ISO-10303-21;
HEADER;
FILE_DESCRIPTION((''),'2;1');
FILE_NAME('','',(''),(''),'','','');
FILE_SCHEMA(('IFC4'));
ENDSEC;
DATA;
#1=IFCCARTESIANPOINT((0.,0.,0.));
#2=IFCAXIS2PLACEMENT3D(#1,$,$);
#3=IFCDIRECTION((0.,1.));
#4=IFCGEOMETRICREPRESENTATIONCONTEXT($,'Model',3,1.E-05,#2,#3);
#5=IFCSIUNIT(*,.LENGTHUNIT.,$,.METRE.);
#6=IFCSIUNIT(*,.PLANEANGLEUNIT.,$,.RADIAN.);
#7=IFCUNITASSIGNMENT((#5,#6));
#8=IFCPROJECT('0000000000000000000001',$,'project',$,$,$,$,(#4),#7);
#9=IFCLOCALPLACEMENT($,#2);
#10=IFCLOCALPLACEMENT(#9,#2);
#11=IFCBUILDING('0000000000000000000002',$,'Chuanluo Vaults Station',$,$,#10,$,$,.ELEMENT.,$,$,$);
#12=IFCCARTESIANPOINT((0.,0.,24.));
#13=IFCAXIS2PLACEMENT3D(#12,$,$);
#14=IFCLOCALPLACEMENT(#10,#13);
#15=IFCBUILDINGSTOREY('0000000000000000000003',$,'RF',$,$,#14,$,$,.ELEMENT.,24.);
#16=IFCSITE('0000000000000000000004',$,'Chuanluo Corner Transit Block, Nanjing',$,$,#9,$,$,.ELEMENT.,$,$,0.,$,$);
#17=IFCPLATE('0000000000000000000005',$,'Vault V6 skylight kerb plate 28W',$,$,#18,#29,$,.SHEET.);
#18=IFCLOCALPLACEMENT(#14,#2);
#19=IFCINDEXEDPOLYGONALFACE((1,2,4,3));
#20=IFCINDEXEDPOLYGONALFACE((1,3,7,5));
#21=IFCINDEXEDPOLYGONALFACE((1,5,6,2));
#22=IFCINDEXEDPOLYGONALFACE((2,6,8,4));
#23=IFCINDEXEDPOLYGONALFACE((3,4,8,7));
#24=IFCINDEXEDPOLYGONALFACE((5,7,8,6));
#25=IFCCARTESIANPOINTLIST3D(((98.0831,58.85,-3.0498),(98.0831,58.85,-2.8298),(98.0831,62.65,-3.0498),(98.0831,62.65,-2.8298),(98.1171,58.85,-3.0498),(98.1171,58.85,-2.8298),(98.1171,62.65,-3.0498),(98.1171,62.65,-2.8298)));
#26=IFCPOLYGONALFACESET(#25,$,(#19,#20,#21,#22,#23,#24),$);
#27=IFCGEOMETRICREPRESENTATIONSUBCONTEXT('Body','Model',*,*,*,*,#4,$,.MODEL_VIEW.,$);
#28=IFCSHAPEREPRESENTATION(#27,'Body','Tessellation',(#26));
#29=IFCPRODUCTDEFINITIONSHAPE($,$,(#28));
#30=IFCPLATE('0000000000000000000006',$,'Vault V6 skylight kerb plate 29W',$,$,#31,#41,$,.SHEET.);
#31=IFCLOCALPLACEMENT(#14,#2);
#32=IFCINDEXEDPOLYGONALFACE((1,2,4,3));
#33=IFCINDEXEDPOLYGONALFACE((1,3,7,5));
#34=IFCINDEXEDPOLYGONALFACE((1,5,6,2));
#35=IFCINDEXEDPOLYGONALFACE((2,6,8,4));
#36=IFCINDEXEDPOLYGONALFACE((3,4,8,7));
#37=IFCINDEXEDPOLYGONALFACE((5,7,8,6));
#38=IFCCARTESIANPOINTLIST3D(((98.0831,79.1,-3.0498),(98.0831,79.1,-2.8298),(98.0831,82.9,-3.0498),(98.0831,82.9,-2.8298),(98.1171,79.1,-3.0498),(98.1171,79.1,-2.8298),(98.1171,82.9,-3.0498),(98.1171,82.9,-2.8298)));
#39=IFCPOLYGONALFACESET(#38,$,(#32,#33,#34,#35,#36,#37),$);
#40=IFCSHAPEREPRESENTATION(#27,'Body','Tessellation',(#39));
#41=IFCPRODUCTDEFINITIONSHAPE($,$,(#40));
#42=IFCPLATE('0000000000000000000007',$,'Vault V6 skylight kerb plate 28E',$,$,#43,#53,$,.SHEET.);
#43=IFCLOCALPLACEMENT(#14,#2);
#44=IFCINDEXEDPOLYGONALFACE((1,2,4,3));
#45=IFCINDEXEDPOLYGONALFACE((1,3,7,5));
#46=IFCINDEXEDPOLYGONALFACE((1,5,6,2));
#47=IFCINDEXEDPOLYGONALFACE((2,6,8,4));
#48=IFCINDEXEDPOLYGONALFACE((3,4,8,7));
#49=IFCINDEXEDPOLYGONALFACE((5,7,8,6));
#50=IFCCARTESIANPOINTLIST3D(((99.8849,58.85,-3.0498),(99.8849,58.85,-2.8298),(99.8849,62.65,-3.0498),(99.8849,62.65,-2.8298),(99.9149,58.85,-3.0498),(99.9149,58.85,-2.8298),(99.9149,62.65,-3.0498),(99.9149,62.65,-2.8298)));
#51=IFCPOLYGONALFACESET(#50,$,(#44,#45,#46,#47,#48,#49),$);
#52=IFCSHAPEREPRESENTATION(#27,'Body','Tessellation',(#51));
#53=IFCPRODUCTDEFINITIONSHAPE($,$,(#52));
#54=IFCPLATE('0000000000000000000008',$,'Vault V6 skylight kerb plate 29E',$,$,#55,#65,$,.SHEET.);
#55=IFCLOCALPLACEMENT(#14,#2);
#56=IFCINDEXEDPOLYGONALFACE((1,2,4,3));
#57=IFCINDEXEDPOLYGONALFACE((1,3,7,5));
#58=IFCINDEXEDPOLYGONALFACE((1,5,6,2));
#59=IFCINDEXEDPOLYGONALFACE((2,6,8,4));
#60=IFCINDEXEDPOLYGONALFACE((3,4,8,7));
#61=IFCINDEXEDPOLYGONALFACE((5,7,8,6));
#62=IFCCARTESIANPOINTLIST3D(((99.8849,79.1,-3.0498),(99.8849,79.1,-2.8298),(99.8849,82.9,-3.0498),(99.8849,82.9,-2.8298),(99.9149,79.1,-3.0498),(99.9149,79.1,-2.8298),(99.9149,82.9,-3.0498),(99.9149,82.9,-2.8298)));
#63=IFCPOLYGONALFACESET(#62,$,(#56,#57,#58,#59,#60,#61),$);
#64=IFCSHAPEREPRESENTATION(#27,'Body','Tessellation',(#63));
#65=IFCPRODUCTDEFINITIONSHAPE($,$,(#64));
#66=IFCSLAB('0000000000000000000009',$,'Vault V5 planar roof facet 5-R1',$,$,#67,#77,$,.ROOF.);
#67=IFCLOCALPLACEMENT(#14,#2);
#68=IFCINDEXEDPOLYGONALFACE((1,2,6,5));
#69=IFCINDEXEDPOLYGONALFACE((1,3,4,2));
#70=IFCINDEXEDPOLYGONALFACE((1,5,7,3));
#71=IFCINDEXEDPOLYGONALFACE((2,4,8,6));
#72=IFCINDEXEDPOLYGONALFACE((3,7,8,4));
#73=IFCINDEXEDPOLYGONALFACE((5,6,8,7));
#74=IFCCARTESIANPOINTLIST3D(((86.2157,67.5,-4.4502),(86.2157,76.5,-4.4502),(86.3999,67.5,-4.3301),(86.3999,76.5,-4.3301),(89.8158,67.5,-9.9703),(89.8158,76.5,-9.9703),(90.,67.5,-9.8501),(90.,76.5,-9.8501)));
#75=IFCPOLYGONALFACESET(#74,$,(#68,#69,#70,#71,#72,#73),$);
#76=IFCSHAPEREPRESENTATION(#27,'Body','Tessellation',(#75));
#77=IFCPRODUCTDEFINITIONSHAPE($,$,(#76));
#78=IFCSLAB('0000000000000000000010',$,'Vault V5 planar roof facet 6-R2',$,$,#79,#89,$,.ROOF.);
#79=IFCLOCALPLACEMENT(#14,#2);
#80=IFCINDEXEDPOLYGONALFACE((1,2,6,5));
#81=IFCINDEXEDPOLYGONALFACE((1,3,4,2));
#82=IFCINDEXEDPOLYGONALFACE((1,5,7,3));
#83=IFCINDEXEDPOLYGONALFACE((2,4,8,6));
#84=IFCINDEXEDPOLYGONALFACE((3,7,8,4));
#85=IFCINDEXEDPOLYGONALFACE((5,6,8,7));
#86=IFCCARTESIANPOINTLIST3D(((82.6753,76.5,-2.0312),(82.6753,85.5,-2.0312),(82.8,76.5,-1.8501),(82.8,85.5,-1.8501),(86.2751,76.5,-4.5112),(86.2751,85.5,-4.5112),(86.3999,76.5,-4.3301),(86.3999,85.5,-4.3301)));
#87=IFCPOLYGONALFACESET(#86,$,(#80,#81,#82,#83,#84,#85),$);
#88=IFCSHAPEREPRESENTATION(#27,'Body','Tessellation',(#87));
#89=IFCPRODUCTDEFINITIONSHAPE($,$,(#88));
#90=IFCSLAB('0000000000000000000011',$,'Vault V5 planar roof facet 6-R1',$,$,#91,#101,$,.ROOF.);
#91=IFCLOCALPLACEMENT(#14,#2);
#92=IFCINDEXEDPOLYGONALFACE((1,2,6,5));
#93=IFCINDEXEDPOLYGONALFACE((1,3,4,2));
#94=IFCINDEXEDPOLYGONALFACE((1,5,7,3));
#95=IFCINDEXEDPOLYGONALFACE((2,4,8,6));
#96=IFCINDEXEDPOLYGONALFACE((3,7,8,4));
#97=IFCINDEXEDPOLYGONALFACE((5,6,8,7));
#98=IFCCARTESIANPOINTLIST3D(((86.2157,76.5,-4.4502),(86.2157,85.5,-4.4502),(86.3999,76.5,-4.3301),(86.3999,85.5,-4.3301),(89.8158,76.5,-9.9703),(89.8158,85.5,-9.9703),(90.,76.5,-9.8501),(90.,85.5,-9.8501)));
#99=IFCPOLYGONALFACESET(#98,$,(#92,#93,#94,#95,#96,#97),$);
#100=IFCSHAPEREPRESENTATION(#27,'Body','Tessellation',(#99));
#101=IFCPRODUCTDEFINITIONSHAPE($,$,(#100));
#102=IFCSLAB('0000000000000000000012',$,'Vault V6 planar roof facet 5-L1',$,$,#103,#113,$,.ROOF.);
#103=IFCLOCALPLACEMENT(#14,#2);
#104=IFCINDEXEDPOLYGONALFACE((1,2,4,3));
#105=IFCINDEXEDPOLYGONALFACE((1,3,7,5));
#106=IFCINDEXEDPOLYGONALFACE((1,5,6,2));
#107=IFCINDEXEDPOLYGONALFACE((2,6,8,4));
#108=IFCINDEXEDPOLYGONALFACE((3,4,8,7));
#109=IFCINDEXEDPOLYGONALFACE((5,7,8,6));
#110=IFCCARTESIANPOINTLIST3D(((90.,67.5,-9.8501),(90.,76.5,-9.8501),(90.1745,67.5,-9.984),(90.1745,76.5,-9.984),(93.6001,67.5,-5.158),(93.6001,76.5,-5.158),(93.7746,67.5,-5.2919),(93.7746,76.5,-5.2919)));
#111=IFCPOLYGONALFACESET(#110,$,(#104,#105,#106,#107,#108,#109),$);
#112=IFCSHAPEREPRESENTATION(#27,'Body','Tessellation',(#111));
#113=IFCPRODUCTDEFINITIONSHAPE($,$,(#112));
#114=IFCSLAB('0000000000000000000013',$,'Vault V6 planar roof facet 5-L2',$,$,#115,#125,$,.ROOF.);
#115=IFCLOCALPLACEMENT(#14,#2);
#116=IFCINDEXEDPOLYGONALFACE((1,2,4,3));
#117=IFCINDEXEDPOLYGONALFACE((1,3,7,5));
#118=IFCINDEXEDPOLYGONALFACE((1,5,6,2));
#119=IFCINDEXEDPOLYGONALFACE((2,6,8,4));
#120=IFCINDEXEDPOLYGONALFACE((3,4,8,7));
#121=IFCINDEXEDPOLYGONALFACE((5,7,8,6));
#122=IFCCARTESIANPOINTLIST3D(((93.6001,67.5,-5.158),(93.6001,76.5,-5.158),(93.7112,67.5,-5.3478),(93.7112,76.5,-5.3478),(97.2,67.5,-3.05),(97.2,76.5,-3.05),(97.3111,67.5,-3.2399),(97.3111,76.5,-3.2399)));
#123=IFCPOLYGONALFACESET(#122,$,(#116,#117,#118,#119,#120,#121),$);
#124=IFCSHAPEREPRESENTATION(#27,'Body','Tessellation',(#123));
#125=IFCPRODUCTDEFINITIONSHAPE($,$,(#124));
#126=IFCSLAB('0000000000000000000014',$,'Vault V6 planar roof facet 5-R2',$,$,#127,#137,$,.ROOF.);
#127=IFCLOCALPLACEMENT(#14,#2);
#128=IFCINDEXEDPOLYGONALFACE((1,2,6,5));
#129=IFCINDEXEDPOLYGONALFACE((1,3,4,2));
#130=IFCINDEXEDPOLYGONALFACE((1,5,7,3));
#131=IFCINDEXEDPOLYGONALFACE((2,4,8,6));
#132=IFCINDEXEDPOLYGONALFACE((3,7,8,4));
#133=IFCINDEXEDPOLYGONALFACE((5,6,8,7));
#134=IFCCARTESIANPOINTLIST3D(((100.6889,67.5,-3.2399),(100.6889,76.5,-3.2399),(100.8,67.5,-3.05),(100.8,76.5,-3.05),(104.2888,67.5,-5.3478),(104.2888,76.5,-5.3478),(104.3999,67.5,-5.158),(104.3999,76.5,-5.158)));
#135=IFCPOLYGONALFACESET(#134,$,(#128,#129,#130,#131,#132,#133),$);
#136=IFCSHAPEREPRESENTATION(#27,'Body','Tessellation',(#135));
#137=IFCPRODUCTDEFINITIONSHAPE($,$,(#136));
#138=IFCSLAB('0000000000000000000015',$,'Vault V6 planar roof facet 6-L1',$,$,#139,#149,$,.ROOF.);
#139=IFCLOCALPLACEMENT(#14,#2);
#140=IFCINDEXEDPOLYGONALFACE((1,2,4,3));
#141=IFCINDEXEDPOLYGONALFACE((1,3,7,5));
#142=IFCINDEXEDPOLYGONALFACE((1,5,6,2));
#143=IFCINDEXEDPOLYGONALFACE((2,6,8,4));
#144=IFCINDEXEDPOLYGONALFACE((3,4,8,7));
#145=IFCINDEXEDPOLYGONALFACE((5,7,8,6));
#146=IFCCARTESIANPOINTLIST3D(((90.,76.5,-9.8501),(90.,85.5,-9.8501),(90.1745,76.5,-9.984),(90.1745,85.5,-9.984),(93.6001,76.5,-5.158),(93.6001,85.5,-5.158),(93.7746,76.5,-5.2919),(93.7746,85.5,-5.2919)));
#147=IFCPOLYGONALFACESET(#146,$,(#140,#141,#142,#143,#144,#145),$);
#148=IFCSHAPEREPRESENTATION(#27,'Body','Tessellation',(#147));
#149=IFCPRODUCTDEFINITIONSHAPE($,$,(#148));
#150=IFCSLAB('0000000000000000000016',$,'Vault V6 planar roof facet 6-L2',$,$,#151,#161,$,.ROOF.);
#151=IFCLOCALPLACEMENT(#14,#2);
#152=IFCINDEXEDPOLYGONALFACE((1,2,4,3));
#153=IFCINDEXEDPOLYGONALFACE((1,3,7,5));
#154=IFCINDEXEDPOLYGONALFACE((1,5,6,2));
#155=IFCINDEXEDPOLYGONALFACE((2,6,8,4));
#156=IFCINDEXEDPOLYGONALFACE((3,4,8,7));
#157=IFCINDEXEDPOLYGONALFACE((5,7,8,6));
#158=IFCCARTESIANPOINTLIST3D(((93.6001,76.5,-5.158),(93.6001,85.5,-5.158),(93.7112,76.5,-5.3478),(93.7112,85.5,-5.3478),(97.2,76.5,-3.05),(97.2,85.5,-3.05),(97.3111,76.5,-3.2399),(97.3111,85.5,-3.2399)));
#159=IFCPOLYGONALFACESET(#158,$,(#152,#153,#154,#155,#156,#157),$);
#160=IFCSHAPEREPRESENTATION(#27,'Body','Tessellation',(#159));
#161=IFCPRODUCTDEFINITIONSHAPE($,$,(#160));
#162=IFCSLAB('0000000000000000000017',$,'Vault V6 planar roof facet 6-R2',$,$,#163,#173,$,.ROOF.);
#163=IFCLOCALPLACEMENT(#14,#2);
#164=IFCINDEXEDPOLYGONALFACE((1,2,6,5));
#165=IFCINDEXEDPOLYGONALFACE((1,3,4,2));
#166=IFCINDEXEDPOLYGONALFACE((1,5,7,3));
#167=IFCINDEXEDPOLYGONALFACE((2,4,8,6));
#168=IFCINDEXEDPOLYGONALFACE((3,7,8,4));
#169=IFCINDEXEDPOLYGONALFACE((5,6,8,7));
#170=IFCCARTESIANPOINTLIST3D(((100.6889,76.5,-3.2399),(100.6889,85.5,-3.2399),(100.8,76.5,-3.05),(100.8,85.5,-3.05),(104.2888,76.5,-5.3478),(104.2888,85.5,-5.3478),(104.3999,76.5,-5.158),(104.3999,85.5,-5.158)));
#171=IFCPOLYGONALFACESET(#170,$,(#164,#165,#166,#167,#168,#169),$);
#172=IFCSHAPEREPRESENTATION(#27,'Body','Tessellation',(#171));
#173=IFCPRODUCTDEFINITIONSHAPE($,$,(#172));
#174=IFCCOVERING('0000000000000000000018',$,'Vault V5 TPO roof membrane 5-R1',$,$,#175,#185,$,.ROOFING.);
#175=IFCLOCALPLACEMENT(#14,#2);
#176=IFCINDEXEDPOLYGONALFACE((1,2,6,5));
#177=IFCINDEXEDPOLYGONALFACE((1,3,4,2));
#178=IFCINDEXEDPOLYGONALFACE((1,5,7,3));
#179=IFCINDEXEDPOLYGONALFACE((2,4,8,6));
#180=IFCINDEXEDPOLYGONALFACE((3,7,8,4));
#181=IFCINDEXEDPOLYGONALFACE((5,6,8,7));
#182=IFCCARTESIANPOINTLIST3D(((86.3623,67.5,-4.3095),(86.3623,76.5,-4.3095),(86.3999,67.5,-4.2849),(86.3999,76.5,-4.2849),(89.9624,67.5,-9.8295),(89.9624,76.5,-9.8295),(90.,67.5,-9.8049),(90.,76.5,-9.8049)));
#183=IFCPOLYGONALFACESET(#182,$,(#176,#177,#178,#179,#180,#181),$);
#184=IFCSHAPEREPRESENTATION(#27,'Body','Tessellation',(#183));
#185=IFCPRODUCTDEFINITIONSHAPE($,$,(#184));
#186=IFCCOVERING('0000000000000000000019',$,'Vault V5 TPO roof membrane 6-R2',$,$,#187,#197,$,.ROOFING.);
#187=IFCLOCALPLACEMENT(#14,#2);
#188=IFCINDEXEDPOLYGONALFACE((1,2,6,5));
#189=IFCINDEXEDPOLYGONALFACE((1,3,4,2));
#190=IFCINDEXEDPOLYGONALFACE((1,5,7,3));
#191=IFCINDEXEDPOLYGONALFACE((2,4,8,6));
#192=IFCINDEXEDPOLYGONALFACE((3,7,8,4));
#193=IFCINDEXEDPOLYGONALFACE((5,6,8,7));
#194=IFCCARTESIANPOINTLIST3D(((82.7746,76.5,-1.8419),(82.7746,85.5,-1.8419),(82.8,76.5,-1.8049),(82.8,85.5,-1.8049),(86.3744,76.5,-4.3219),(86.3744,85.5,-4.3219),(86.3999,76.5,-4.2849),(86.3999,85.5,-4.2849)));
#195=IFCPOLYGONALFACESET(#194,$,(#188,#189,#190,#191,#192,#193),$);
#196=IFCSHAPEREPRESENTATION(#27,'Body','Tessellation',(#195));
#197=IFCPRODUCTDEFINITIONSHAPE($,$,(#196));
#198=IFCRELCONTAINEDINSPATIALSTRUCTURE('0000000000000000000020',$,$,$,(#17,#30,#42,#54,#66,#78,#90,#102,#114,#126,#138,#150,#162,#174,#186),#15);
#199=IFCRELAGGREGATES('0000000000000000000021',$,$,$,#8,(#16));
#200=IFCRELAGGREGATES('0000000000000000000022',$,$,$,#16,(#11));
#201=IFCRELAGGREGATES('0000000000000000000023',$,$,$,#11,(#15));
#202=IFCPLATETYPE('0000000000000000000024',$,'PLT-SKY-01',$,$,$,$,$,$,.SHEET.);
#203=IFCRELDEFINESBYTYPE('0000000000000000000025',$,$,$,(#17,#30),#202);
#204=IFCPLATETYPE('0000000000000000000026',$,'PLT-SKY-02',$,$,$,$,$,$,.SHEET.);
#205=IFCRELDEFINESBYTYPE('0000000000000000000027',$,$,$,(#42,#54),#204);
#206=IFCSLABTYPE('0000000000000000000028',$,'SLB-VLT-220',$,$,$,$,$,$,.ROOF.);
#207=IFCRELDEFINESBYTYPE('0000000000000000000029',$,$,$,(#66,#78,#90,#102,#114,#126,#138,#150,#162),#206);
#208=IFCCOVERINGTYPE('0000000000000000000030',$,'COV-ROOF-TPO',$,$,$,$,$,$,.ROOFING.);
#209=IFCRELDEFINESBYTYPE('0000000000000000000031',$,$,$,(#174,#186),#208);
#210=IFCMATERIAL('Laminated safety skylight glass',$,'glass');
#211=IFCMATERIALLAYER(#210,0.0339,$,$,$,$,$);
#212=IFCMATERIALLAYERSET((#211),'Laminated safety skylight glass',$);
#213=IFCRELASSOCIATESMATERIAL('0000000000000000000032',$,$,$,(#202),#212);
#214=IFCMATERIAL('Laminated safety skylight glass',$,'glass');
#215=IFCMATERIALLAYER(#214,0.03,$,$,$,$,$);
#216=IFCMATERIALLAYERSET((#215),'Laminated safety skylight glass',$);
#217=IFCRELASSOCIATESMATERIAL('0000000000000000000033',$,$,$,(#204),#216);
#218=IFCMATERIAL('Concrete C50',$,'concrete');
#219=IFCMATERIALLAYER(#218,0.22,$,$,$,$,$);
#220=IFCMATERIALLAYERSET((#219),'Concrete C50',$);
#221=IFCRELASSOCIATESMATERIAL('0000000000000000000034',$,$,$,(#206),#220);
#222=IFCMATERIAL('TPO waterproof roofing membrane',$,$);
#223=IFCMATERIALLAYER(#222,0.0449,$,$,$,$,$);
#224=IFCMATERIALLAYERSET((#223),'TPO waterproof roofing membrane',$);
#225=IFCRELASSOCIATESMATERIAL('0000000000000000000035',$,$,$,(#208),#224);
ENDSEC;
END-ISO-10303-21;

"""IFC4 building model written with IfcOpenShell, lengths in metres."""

from ifc_helpers import new_model, si_unit, direction, frame, origin, origin_2d, place, context, subcontext, project, spatial, polyline, rectangle, outline, extrude, material, layer, layer_set, type_object, element, save


model = new_model("IFC4")

# Units and contexts
model_context = context("Model", 3, precision=1e-05, world=origin(), true_north=direction((0.0, 1.0)))
body_context = subcontext(model_context, "Body", "Model", "MODEL_VIEW")
ifc_project = project(units=[si_unit("LENGTHUNIT", "METRE"), si_unit("PLANEANGLEUNIT", "RADIAN")], contexts=[model_context])

# Site, building, storey
site_placement = place(None, origin())
site = spatial("IfcSite", under=ifc_project, at=site_placement, Name="Chuanluo Corner Transit Block, Nanjing", CompositionType="ELEMENT", RefElevation=0.0)
building_placement = place(site_placement, origin())
building = spatial("IfcBuilding", under=site, at=building_placement, Name="Chuanluo Vaults Station", CompositionType="ELEMENT")
storey_placement = place(building_placement, frame((0.0, 0.0, 24.0)))
storey = spatial("IfcBuildingStorey", under=building, at=storey_placement, Name="RF", CompositionType="ELEMENT", Elevation=24.0)

# Plates
ifc_material_1 = material(Name="Laminated safety skylight glass", Category="glass")
ifc_layer_1 = layer(ifc_material_1, 0.0339)
ifc_layer_set_1 = layer_set([ifc_layer_1], Name="Laminated safety skylight glass")
plate_type_1 = type_object("IfcPlateType", Name="PLT-SKY-01", PredefinedType="SHEET", material=ifc_layer_set_1)
for number, where, z_axis, x_axis, name in (
    (1, (98.1001, 60.75, -3.0498), (0.0, 0.0, 1.0), (1.0, 0.0, 0.0), "Vault V6 skylight kerb plate 28W"),
    (2, (98.1001, 81.0, -3.0498), (0.0, 0.0, 1.0), (1.0, 0.0, 0.0), "Vault V6 skylight kerb plate 29W"),
):
    element("IfcPlate", number, at=place(storey_placement, frame(where, z_axis=z_axis, x_axis=x_axis)), inside=storey, type_object=plate_type_1, Name=name, PredefinedType="SHEET", context=body_context, shape_type="SweptSolid", body=[
        extrude(rectangle(XDim=0.0339, YDim=3.8, at=origin_2d()), origin(), (0.0, 0.0, 1.0), 0.22),
    ])
ifc_material_2 = material(Name="Laminated safety skylight glass", Category="glass")
ifc_layer_2 = layer(ifc_material_2, 0.03)
ifc_layer_set_2 = layer_set([ifc_layer_2], Name="Laminated safety skylight glass")
plate_type_2 = type_object("IfcPlateType", Name="PLT-SKY-02", PredefinedType="SHEET", material=ifc_layer_set_2)
for number, where, z_axis, x_axis, name in (
    (3, (99.8999, 60.75, -3.0498), (0.0, 0.0, 1.0), (1.0, 0.0, 0.0), "Vault V6 skylight kerb plate 28E"),
    (4, (99.8999, 81.0, -3.0498), (0.0, 0.0, 1.0), (1.0, 0.0, 0.0), "Vault V6 skylight kerb plate 29E"),
):
    element("IfcPlate", number, at=place(storey_placement, frame(where, z_axis=z_axis, x_axis=x_axis)), inside=storey, type_object=plate_type_2, Name=name, PredefinedType="SHEET", context=body_context, shape_type="SweptSolid", body=[
        extrude(rectangle(XDim=0.03, YDim=3.8, at=origin_2d()), origin(), (0.0, 0.0, 1.0), 0.22),
    ])

# Slabs
ifc_material_3 = material(Name="Concrete C50", Category="concrete")
ifc_layer_3 = layer(ifc_material_3, 0.22)
ifc_layer_set_3 = layer_set([ifc_layer_3], Name="Concrete C50")
slab_type = type_object("IfcSlabType", Name="SLB-VLT-220", PredefinedType="ROOF", material=ifc_layer_set_3)
slab_1_placement = place(storey_placement, frame((86.3999, 67.5, -4.3301), z_axis=(0.837605, 0.0, 0.546277), x_axis=(0.546277, 0.0, -0.837605)))
element("IfcSlab", 5, at=slab_1_placement, inside=storey, type_object=slab_type, Name="Vault V5 planar roof facet 5-R1", PredefinedType="ROOF", context=body_context, shape_type="SweptSolid", body=[
    extrude(outline(polyline([(0.0, 0.0), (6.5902, 0.0), (6.5902, 9.0), (0.0, 9.0), (0.0, 0.0)])), origin(), (0.0, 0.0, -1.0), 0.22),
])
slab_2_placement = place(storey_placement, frame((82.8, 76.5, -1.8501), z_axis=(0.567318, 0.0, 0.823499), x_axis=(0.823499, 0.0, -0.567318)))
element("IfcSlab", 6, at=slab_2_placement, inside=storey, type_object=slab_type, Name="Vault V5 planar roof facet 6-R2", PredefinedType="ROOF", context=body_context, shape_type="SweptSolid", body=[
    extrude(outline(polyline([(0.0, 0.0), (4.3714, 0.0), (4.3714, 9.0), (0.0, 9.0), (0.0, 0.0)])), origin(), (0.0, 0.0, -1.0), 0.22),
])
slab_3_placement = place(storey_placement, frame((86.3999, 76.5, -4.3301), z_axis=(0.837605, 0.0, 0.546277), x_axis=(0.546277, 0.0, -0.837605)))
element("IfcSlab", 7, at=slab_3_placement, inside=storey, type_object=slab_type, Name="Vault V5 planar roof facet 6-R1", PredefinedType="ROOF", context=body_context, shape_type="SweptSolid", body=[
    extrude(outline(polyline([(0.0, 0.0), (6.5902, 0.0), (6.5902, 9.0), (0.0, 9.0), (0.0, 0.0)])), origin(), (0.0, 0.0, -1.0), 0.22),
])
slab_4_placement = place(storey_placement, frame((90.0, 67.5, -9.8501), z_axis=(-0.793378, 0.0, 0.608729), x_axis=(0.608729, 0.0, 0.793378)))
element("IfcSlab", 8, at=slab_4_placement, inside=storey, type_object=slab_type, Name="Vault V6 planar roof facet 5-L1", PredefinedType="ROOF", context=body_context, shape_type="SweptSolid", body=[
    extrude(outline(polyline([(0.0, 0.0), (5.9141, 0.0), (5.9141, 9.0), (0.0, 9.0), (0.0, 0.0)])), origin(), (0.0, 0.0, -1.0), 0.22),
])
for number, where, z_axis, x_axis, name in (
    (9, (93.6001, 67.5, -5.158), (-0.5053, 0.0, 0.862944), (0.862944, 0.0, 0.5053), "Vault V6 planar roof facet 5-L2"),
    (10, (100.8, 67.5, -3.05), (0.5053, 0.0, 0.862944), (0.862944, 0.0, -0.5053), "Vault V6 planar roof facet 5-R2"),
):
    element("IfcSlab", number, at=place(storey_placement, frame(where, z_axis=z_axis, x_axis=x_axis)), inside=storey, type_object=slab_type, Name=name, PredefinedType="ROOF", context=body_context, shape_type="SweptSolid", body=[
        extrude(outline(polyline([(0.0, 0.0), (4.1716, 0.0), (4.1716, 9.0), (0.0, 9.0), (0.0, 0.0)])), origin(), (0.0, 0.0, -1.0), 0.22),
    ])
slab_5_placement = place(storey_placement, frame((90.0, 76.5, -9.8501), z_axis=(-0.793378, 0.0, 0.608729), x_axis=(0.608729, 0.0, 0.793378)))
element("IfcSlab", 11, at=slab_5_placement, inside=storey, type_object=slab_type, Name="Vault V6 planar roof facet 6-L1", PredefinedType="ROOF", context=body_context, shape_type="SweptSolid", body=[
    extrude(outline(polyline([(0.0, 0.0), (5.9141, 0.0), (5.9141, 9.0), (0.0, 9.0), (0.0, 0.0)])), origin(), (0.0, 0.0, -1.0), 0.22),
])
for number, where, z_axis, x_axis, name in (
    (12, (93.6001, 76.5, -5.158), (-0.5053, 0.0, 0.862944), (0.862944, 0.0, 0.5053), "Vault V6 planar roof facet 6-L2"),
    (13, (100.8, 76.5, -3.05), (0.5053, 0.0, 0.862944), (0.862944, 0.0, -0.5053), "Vault V6 planar roof facet 6-R2"),
):
    element("IfcSlab", number, at=place(storey_placement, frame(where, z_axis=z_axis, x_axis=x_axis)), inside=storey, type_object=slab_type, Name=name, PredefinedType="ROOF", context=body_context, shape_type="SweptSolid", body=[
        extrude(outline(polyline([(0.0, 0.0), (4.1716, 0.0), (4.1716, 9.0), (0.0, 9.0), (0.0, 0.0)])), origin(), (0.0, 0.0, -1.0), 0.22),
    ])

# Coverings
ifc_material_4 = material(Name="TPO waterproof roofing membrane")
ifc_layer_4 = layer(ifc_material_4, 0.0449)
ifc_layer_set_4 = layer_set([ifc_layer_4], Name="TPO waterproof roofing membrane")
covering_type = type_object("IfcCoveringType", Name="COV-ROOF-TPO", PredefinedType="ROOFING", material=ifc_layer_set_4)
covering_1_placement = place(storey_placement, frame((86.3999, 67.5, -4.2849), z_axis=(0.837605, 0.0, 0.546277), x_axis=(0.546277, 0.0, -0.837605)))
element("IfcCovering", 14, at=covering_1_placement, inside=storey, type_object=covering_type, Name="Vault V5 TPO roof membrane 5-R1", PredefinedType="ROOFING", context=body_context, shape_type="SweptSolid", body=[
    extrude(outline(polyline([(0.0, 0.0), (6.5902, 0.0), (6.5902, 9.0), (0.0, 9.0), (0.0, 0.0)])), origin(), (0.0, 0.0, -1.0), 0.0449),
])
covering_2_placement = place(storey_placement, frame((82.8, 76.5, -1.8049), z_axis=(0.567318, 0.0, 0.823499), x_axis=(0.823499, 0.0, -0.567318)))
element("IfcCovering", 15, at=covering_2_placement, inside=storey, type_object=covering_type, Name="Vault V5 TPO roof membrane 6-R2", PredefinedType="ROOFING", context=body_context, shape_type="SweptSolid", body=[
    extrude(outline(polyline([(0.0, 0.0), (4.3714, 0.0), (4.3714, 9.0), (0.0, 9.0), (0.0, 0.0)])), origin(), (0.0, 0.0, -1.0), 0.0449),
])

save(model, "model.ifc")
